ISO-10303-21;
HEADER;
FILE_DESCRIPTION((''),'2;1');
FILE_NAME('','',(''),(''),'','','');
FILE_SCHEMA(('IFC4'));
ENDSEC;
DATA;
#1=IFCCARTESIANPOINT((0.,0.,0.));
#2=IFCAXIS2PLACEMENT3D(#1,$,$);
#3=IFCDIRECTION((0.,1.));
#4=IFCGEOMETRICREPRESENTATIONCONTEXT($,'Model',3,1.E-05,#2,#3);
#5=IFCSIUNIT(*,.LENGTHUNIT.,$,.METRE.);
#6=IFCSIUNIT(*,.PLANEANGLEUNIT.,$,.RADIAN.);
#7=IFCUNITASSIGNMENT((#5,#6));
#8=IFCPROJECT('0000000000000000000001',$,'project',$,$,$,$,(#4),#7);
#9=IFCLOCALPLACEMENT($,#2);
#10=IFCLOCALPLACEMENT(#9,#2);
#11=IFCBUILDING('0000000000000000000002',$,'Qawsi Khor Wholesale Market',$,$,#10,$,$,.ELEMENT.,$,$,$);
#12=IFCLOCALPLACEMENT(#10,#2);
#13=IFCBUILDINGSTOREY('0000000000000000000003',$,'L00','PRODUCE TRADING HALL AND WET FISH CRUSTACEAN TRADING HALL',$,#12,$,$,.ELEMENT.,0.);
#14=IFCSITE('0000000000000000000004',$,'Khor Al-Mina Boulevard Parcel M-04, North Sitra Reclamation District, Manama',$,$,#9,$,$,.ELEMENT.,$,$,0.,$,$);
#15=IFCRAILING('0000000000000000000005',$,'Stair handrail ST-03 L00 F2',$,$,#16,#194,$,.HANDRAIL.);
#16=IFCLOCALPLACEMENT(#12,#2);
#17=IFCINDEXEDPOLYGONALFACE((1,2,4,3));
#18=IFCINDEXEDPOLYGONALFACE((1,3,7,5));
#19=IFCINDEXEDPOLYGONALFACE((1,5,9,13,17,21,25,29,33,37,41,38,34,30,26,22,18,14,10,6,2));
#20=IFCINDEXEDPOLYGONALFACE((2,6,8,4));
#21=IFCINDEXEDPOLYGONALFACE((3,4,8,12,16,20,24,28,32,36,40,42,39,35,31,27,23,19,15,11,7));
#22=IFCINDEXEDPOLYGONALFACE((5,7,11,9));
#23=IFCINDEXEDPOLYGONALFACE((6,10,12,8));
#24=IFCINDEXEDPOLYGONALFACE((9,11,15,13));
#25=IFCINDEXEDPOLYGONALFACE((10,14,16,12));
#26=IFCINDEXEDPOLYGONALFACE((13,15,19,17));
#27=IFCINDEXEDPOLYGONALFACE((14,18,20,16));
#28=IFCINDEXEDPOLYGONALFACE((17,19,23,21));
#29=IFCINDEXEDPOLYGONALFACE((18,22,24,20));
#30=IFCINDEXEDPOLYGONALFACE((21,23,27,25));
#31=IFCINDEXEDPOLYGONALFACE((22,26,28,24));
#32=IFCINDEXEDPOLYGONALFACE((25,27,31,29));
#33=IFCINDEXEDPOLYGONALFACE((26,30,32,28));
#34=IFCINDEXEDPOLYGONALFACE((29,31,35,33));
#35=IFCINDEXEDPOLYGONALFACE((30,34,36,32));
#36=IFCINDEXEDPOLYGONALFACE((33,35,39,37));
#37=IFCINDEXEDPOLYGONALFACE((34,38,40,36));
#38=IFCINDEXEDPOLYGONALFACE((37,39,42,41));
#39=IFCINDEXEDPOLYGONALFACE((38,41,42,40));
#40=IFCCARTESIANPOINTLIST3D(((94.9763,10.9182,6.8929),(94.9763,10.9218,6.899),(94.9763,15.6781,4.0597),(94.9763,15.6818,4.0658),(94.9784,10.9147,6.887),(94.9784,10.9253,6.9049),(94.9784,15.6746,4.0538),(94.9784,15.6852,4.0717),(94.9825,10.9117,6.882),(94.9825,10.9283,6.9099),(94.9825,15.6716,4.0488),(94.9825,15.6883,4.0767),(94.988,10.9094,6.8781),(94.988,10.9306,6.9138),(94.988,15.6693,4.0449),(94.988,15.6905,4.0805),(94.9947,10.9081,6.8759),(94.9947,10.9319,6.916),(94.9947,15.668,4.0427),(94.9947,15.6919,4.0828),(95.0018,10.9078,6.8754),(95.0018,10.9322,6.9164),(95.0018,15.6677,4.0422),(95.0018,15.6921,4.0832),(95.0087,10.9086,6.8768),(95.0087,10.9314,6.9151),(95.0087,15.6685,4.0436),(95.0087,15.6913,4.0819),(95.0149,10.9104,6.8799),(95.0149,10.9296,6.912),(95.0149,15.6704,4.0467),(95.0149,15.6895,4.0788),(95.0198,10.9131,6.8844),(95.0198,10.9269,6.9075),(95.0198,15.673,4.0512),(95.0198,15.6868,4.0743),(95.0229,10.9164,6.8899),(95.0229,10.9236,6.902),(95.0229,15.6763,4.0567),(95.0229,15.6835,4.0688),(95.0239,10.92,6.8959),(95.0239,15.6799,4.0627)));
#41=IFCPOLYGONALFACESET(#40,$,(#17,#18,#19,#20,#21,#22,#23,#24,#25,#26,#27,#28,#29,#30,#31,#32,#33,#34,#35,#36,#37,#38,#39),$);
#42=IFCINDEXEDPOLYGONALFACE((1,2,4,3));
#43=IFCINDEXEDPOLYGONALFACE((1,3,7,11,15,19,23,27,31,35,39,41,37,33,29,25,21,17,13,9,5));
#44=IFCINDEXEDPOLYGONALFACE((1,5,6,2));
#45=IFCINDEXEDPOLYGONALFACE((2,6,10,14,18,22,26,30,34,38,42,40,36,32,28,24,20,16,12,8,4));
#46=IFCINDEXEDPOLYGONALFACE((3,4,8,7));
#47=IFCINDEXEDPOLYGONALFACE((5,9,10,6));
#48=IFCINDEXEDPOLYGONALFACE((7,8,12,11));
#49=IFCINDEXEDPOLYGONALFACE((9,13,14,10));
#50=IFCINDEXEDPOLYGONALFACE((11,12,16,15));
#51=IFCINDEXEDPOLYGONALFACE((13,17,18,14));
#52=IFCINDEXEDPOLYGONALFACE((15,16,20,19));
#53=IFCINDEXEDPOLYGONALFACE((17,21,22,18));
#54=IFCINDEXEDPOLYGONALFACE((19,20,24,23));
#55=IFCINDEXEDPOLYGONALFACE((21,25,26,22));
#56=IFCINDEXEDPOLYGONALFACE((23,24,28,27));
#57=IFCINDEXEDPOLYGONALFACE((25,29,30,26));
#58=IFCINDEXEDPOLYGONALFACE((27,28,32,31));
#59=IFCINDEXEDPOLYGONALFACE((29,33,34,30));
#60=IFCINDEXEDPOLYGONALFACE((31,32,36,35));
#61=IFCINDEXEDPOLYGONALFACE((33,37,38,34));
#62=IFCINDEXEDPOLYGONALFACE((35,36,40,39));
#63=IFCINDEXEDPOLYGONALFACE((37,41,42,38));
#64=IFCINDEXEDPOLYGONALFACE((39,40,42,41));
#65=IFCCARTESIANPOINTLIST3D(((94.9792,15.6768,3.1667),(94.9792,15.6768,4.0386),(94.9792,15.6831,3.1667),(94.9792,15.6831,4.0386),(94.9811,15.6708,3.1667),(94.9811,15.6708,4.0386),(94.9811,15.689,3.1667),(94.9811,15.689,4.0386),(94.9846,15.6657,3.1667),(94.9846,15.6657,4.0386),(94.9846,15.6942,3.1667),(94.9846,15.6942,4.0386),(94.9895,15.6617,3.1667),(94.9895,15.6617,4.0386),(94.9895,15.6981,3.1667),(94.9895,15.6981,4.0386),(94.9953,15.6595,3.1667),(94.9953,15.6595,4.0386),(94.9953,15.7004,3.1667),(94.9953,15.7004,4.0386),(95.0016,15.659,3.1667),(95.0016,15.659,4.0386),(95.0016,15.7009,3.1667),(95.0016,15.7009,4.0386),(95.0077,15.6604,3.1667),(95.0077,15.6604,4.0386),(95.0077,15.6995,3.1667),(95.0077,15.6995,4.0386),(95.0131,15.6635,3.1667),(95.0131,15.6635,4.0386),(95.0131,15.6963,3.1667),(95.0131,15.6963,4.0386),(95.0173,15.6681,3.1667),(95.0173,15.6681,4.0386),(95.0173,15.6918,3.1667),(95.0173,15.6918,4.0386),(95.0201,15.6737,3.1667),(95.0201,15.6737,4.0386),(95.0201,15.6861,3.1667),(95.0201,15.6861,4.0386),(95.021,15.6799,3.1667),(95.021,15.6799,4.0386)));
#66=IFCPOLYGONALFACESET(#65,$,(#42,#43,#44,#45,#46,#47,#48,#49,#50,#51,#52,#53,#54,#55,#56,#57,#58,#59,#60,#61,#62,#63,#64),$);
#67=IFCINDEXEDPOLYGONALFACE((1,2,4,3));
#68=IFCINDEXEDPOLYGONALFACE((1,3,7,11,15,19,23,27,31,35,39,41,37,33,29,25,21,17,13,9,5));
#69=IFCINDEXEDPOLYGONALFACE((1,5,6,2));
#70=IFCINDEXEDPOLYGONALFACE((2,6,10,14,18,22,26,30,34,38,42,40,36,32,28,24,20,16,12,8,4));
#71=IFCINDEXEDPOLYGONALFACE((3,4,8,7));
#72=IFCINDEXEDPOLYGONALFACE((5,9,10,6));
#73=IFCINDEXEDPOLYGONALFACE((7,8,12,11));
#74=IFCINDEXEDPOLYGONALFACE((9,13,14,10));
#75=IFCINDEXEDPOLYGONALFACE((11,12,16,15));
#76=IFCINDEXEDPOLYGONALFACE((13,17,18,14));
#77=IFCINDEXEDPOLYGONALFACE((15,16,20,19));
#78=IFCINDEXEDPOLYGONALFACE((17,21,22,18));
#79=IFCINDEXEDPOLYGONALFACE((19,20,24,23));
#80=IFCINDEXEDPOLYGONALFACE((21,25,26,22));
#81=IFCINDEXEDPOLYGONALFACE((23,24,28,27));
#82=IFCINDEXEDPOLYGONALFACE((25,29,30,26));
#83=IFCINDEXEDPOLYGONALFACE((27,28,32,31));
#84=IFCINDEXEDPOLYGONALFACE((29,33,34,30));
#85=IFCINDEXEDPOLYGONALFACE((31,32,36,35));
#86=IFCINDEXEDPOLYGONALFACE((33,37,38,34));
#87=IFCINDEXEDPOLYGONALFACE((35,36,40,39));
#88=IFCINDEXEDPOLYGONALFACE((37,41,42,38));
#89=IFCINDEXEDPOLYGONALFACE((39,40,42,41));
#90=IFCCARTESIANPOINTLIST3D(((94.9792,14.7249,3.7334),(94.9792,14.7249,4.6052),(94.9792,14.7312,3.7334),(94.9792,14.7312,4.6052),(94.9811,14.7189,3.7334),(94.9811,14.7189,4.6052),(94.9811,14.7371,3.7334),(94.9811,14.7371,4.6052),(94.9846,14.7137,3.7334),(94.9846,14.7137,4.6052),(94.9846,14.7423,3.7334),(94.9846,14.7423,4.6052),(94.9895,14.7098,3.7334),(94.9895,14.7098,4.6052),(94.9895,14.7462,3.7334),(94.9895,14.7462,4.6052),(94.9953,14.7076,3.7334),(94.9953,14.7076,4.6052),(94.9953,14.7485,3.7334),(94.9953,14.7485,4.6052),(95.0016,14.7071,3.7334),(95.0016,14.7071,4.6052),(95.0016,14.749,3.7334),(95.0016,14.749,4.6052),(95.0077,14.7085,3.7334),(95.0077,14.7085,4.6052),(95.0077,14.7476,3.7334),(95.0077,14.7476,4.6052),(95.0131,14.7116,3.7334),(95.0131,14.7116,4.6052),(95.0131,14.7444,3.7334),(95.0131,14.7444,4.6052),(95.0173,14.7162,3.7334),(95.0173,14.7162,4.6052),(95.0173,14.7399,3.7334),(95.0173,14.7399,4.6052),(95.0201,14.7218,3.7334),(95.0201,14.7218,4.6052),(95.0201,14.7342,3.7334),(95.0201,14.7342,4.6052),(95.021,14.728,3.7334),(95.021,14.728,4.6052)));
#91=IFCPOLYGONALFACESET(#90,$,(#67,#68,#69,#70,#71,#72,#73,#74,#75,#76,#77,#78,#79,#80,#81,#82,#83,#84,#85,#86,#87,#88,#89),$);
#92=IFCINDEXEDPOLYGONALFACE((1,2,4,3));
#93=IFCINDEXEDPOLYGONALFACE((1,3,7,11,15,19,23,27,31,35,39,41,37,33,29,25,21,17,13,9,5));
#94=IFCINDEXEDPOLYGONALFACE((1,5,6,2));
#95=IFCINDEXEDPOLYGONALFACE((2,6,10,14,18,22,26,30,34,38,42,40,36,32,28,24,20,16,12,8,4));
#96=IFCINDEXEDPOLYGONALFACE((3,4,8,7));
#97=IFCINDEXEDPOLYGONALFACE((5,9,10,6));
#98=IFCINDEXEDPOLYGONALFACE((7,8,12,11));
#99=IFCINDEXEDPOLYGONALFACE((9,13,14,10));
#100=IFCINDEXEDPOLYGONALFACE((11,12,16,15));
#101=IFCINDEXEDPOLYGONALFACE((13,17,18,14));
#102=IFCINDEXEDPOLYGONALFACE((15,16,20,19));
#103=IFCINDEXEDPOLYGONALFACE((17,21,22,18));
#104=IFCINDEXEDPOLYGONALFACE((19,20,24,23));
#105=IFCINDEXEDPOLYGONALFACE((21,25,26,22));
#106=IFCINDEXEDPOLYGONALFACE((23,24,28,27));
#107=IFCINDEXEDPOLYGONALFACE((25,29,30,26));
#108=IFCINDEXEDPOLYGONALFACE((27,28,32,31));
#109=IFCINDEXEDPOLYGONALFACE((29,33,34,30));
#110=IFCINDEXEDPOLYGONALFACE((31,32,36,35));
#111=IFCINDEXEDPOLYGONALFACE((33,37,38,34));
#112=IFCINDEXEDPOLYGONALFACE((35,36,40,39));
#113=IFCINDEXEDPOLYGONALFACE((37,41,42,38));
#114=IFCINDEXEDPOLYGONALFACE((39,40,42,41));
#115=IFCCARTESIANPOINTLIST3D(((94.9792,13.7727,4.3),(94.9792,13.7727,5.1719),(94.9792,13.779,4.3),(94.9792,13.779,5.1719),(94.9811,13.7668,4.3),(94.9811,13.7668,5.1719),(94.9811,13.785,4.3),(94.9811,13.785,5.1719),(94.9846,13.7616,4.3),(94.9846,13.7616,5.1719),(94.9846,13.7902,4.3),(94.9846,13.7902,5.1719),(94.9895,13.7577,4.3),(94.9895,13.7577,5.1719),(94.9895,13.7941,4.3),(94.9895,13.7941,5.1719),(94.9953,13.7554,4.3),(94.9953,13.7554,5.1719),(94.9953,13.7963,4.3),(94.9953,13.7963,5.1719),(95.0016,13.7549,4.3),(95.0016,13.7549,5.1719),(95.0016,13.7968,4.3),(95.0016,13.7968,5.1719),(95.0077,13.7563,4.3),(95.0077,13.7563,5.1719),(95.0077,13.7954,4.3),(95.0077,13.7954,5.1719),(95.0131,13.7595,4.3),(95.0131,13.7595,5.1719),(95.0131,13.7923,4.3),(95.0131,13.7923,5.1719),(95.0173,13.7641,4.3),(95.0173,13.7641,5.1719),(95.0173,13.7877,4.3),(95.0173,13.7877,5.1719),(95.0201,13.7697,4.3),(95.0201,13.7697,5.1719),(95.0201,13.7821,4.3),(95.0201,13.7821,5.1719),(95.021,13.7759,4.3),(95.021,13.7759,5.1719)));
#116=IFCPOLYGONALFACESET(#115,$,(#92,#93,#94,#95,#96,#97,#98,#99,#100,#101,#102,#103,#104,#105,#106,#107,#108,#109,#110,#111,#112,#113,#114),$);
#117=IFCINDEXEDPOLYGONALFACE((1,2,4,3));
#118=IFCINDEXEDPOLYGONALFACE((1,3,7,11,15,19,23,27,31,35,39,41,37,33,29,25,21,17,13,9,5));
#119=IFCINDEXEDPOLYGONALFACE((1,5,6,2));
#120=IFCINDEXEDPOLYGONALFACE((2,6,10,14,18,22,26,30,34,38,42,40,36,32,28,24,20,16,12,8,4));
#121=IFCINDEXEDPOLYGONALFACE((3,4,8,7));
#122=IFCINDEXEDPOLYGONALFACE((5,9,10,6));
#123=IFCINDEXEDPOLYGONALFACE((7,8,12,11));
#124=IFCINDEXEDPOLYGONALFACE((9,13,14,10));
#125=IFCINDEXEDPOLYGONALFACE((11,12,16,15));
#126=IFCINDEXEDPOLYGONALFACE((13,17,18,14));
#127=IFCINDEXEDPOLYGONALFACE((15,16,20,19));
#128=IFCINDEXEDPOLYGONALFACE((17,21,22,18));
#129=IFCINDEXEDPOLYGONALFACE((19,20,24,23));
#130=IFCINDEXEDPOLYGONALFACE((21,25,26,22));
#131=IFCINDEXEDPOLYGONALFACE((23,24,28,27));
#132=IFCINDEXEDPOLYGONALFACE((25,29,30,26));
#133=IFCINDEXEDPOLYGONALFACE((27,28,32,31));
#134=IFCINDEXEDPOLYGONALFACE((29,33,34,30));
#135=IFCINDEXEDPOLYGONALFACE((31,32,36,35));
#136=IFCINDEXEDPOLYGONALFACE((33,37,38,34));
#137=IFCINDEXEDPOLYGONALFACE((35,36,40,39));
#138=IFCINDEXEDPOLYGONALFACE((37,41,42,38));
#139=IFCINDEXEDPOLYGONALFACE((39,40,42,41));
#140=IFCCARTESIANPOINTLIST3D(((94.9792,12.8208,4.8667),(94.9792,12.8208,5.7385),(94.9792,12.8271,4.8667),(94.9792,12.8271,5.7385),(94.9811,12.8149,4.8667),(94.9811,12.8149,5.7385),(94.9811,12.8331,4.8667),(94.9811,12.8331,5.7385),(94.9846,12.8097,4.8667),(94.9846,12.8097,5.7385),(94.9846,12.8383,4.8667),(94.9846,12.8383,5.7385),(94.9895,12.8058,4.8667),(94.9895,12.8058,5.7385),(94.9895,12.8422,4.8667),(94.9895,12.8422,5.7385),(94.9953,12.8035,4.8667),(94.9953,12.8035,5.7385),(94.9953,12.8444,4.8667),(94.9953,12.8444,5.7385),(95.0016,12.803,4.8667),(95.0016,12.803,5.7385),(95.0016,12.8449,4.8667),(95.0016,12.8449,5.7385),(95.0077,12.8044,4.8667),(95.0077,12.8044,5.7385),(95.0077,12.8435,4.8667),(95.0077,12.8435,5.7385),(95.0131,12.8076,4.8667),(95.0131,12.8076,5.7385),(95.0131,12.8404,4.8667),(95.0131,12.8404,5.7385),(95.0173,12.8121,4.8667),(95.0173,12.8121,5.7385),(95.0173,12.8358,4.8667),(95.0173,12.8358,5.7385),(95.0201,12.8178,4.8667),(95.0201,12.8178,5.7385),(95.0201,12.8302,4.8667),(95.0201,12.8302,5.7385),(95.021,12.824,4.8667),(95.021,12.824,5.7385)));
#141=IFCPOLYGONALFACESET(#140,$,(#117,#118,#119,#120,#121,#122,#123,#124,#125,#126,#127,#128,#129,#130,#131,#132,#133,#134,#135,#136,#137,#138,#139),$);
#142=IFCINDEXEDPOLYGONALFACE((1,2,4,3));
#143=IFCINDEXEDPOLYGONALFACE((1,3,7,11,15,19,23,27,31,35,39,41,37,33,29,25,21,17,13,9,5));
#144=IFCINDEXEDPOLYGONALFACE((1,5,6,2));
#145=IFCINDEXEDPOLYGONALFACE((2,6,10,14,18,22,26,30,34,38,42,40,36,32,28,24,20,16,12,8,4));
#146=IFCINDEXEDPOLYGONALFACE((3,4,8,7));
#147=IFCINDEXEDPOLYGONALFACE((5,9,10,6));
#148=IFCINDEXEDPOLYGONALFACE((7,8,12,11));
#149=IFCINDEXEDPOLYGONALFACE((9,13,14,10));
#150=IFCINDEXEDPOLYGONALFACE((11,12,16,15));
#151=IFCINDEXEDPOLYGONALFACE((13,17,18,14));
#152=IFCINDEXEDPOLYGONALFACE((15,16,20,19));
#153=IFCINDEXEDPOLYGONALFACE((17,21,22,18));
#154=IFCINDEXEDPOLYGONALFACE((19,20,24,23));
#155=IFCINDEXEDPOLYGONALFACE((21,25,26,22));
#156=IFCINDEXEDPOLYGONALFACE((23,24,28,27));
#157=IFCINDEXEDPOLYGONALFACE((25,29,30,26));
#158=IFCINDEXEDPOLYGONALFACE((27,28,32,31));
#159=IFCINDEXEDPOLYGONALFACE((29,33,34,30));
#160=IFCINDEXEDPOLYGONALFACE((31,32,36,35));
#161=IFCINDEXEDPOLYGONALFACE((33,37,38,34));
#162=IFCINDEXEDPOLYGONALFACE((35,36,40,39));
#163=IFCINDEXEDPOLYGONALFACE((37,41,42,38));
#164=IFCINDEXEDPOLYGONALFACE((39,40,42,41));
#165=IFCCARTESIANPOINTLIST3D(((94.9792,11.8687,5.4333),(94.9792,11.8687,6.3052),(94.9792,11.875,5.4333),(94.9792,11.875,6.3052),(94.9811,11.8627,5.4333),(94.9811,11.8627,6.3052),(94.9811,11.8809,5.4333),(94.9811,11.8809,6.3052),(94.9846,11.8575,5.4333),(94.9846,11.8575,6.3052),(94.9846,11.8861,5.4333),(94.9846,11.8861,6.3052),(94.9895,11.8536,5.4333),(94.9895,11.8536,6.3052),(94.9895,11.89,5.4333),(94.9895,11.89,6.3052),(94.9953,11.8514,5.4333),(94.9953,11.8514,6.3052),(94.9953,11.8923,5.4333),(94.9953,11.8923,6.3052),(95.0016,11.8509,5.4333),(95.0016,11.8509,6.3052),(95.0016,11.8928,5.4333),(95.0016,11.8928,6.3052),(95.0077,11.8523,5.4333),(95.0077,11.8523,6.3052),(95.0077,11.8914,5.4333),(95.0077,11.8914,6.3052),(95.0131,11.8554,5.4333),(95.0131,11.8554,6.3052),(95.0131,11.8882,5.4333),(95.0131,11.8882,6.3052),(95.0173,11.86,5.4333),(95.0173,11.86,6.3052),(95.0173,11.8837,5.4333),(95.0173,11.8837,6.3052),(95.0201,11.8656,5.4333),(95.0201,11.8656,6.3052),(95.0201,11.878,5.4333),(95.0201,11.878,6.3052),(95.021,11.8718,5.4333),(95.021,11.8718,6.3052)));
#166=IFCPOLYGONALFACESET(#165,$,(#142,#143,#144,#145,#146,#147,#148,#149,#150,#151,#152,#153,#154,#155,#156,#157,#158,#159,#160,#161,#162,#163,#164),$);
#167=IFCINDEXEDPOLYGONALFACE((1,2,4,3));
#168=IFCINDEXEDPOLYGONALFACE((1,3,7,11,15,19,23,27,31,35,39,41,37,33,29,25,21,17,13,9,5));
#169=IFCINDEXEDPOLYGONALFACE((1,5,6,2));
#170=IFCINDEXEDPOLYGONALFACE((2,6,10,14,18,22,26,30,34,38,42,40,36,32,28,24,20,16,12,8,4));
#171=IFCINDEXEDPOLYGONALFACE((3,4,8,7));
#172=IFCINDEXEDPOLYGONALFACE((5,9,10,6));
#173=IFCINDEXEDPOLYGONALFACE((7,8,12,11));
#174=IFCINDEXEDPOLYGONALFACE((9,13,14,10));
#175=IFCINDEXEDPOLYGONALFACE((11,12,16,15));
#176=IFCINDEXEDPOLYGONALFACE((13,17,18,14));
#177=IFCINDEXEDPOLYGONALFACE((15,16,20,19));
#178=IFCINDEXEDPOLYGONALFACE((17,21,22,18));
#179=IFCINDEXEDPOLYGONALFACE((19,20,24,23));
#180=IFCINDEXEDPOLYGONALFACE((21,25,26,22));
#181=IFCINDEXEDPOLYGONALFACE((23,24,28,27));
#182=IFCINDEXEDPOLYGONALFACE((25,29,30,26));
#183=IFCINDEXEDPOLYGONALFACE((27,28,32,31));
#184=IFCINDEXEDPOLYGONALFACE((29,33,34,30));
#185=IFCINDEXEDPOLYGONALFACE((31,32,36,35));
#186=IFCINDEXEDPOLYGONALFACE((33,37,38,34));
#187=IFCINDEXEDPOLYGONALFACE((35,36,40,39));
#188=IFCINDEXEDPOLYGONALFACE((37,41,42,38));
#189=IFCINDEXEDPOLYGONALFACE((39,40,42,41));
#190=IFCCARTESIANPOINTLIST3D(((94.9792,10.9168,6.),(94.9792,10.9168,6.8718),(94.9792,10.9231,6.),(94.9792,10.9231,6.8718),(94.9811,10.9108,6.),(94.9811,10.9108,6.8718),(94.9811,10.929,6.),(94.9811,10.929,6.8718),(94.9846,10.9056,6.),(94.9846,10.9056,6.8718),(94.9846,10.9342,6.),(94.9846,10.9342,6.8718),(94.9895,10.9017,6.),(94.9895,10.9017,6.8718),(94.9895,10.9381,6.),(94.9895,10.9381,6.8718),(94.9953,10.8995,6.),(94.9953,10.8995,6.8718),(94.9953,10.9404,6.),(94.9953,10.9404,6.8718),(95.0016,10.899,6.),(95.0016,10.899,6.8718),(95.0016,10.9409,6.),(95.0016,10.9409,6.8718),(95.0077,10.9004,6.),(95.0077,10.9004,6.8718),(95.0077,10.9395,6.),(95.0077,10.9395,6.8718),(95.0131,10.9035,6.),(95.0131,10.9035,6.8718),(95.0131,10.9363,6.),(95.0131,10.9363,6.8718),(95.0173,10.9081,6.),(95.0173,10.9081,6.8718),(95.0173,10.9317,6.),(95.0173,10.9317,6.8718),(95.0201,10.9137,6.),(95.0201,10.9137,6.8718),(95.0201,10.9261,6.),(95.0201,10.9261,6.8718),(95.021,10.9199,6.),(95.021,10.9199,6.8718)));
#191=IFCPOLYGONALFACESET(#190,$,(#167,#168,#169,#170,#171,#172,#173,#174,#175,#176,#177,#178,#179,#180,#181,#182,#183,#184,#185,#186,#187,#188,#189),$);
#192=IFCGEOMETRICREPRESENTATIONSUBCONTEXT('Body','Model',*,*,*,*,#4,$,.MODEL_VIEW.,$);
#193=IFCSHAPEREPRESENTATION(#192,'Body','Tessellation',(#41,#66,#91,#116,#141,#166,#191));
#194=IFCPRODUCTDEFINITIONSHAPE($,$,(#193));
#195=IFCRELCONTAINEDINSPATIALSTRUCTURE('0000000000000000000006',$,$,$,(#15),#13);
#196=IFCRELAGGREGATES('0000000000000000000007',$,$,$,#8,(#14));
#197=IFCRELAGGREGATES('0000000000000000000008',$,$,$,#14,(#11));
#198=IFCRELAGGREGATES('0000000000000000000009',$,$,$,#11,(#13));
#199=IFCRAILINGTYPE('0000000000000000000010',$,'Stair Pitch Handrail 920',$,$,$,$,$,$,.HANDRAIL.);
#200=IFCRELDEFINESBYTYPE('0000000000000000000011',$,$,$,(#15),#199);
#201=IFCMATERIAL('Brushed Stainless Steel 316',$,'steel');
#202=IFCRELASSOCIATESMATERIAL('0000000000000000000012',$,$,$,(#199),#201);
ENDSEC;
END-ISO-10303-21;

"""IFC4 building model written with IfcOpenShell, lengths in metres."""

from ifc_helpers import new_model, si_unit, direction, frame, origin, origin_2d, place, context, subcontext, project, spatial, circle, extrude, material, type_object, element, save


model = new_model("IFC4")

# Units and contexts
model_context = context("Model", 3, precision=1e-05, world=origin(), true_north=direction((0.0, 1.0)))
body_context = subcontext(model_context, "Body", "Model", "MODEL_VIEW")
ifc_project = project(units=[si_unit("LENGTHUNIT", "METRE"), si_unit("PLANEANGLEUNIT", "RADIAN")], contexts=[model_context])

# Site, building, storey
site_placement = place(None, origin())
site = spatial("IfcSite", under=ifc_project, at=site_placement, Name="Khor Al-Mina Boulevard Parcel M-04, North Sitra Reclamation District, Manama", CompositionType="ELEMENT", RefElevation=0.0)
building_placement = place(site_placement, origin())
building = spatial("IfcBuilding", under=site, at=building_placement, Name="Qawsi Khor Wholesale Market", CompositionType="ELEMENT")
storey_placement = place(building_placement, origin())
storey = spatial("IfcBuildingStorey", under=building, at=storey_placement, Name="L00", Description="PRODUCE TRADING HALL AND WET FISH CRUSTACEAN TRADING HALL", CompositionType="ELEMENT", Elevation=0.0)

# Railing
ifc_material_1 = material(Name="Brushed Stainless Steel 316", Category="steel")
railing_type = type_object("IfcRailingType", Name="Stair Pitch Handrail 920", PredefinedType="HANDRAIL", material=ifc_material_1)
railing_1_placement = place(storey_placement, frame((95.0, 15.6799, 3.1667)))
element("IfcRailing", 1, at=railing_1_placement, inside=storey, type_object=railing_type, Name="Stair handrail ST-03 L00 F2", PredefinedType="HANDRAIL", context=body_context, shape_type="SweptSolid", body=[
    extrude(circle(Radius=0.0239, at=origin_2d()), frame((0.0, 0.0, 0.896), z_axis=(0.0, -0.8593, 0.511472), x_axis=(1.0, 0.0, 0.0)), (0.0, 0.0, 1.0), 5.5393),
    extrude(circle(Radius=0.021, at=origin_2d()), origin(), (0.0, 0.0, 1.0), 0.8718),
    extrude(circle(Radius=0.021, at=origin_2d()), frame((0.0, -0.9519, 0.5667)), (0.0, 0.0, 1.0), 0.8718),
    extrude(circle(Radius=0.021, at=origin_2d()), frame((0.0, -1.9041, 1.1333)), (0.0, 0.0, 1.0), 0.8718),
    extrude(circle(Radius=0.021, at=origin_2d()), frame((0.0, -2.856, 1.7)), (0.0, 0.0, 1.0), 0.8718),
    extrude(circle(Radius=0.021, at=origin_2d()), frame((0.0, -3.8081, 2.2666)), (0.0, 0.0, 1.0), 0.8718),
    extrude(circle(Radius=0.021, at=origin_2d()), frame((0.0, -4.76, 2.8333)), (0.0, 0.0, 1.0), 0.8718),
])

save(model, "model.ifc")
